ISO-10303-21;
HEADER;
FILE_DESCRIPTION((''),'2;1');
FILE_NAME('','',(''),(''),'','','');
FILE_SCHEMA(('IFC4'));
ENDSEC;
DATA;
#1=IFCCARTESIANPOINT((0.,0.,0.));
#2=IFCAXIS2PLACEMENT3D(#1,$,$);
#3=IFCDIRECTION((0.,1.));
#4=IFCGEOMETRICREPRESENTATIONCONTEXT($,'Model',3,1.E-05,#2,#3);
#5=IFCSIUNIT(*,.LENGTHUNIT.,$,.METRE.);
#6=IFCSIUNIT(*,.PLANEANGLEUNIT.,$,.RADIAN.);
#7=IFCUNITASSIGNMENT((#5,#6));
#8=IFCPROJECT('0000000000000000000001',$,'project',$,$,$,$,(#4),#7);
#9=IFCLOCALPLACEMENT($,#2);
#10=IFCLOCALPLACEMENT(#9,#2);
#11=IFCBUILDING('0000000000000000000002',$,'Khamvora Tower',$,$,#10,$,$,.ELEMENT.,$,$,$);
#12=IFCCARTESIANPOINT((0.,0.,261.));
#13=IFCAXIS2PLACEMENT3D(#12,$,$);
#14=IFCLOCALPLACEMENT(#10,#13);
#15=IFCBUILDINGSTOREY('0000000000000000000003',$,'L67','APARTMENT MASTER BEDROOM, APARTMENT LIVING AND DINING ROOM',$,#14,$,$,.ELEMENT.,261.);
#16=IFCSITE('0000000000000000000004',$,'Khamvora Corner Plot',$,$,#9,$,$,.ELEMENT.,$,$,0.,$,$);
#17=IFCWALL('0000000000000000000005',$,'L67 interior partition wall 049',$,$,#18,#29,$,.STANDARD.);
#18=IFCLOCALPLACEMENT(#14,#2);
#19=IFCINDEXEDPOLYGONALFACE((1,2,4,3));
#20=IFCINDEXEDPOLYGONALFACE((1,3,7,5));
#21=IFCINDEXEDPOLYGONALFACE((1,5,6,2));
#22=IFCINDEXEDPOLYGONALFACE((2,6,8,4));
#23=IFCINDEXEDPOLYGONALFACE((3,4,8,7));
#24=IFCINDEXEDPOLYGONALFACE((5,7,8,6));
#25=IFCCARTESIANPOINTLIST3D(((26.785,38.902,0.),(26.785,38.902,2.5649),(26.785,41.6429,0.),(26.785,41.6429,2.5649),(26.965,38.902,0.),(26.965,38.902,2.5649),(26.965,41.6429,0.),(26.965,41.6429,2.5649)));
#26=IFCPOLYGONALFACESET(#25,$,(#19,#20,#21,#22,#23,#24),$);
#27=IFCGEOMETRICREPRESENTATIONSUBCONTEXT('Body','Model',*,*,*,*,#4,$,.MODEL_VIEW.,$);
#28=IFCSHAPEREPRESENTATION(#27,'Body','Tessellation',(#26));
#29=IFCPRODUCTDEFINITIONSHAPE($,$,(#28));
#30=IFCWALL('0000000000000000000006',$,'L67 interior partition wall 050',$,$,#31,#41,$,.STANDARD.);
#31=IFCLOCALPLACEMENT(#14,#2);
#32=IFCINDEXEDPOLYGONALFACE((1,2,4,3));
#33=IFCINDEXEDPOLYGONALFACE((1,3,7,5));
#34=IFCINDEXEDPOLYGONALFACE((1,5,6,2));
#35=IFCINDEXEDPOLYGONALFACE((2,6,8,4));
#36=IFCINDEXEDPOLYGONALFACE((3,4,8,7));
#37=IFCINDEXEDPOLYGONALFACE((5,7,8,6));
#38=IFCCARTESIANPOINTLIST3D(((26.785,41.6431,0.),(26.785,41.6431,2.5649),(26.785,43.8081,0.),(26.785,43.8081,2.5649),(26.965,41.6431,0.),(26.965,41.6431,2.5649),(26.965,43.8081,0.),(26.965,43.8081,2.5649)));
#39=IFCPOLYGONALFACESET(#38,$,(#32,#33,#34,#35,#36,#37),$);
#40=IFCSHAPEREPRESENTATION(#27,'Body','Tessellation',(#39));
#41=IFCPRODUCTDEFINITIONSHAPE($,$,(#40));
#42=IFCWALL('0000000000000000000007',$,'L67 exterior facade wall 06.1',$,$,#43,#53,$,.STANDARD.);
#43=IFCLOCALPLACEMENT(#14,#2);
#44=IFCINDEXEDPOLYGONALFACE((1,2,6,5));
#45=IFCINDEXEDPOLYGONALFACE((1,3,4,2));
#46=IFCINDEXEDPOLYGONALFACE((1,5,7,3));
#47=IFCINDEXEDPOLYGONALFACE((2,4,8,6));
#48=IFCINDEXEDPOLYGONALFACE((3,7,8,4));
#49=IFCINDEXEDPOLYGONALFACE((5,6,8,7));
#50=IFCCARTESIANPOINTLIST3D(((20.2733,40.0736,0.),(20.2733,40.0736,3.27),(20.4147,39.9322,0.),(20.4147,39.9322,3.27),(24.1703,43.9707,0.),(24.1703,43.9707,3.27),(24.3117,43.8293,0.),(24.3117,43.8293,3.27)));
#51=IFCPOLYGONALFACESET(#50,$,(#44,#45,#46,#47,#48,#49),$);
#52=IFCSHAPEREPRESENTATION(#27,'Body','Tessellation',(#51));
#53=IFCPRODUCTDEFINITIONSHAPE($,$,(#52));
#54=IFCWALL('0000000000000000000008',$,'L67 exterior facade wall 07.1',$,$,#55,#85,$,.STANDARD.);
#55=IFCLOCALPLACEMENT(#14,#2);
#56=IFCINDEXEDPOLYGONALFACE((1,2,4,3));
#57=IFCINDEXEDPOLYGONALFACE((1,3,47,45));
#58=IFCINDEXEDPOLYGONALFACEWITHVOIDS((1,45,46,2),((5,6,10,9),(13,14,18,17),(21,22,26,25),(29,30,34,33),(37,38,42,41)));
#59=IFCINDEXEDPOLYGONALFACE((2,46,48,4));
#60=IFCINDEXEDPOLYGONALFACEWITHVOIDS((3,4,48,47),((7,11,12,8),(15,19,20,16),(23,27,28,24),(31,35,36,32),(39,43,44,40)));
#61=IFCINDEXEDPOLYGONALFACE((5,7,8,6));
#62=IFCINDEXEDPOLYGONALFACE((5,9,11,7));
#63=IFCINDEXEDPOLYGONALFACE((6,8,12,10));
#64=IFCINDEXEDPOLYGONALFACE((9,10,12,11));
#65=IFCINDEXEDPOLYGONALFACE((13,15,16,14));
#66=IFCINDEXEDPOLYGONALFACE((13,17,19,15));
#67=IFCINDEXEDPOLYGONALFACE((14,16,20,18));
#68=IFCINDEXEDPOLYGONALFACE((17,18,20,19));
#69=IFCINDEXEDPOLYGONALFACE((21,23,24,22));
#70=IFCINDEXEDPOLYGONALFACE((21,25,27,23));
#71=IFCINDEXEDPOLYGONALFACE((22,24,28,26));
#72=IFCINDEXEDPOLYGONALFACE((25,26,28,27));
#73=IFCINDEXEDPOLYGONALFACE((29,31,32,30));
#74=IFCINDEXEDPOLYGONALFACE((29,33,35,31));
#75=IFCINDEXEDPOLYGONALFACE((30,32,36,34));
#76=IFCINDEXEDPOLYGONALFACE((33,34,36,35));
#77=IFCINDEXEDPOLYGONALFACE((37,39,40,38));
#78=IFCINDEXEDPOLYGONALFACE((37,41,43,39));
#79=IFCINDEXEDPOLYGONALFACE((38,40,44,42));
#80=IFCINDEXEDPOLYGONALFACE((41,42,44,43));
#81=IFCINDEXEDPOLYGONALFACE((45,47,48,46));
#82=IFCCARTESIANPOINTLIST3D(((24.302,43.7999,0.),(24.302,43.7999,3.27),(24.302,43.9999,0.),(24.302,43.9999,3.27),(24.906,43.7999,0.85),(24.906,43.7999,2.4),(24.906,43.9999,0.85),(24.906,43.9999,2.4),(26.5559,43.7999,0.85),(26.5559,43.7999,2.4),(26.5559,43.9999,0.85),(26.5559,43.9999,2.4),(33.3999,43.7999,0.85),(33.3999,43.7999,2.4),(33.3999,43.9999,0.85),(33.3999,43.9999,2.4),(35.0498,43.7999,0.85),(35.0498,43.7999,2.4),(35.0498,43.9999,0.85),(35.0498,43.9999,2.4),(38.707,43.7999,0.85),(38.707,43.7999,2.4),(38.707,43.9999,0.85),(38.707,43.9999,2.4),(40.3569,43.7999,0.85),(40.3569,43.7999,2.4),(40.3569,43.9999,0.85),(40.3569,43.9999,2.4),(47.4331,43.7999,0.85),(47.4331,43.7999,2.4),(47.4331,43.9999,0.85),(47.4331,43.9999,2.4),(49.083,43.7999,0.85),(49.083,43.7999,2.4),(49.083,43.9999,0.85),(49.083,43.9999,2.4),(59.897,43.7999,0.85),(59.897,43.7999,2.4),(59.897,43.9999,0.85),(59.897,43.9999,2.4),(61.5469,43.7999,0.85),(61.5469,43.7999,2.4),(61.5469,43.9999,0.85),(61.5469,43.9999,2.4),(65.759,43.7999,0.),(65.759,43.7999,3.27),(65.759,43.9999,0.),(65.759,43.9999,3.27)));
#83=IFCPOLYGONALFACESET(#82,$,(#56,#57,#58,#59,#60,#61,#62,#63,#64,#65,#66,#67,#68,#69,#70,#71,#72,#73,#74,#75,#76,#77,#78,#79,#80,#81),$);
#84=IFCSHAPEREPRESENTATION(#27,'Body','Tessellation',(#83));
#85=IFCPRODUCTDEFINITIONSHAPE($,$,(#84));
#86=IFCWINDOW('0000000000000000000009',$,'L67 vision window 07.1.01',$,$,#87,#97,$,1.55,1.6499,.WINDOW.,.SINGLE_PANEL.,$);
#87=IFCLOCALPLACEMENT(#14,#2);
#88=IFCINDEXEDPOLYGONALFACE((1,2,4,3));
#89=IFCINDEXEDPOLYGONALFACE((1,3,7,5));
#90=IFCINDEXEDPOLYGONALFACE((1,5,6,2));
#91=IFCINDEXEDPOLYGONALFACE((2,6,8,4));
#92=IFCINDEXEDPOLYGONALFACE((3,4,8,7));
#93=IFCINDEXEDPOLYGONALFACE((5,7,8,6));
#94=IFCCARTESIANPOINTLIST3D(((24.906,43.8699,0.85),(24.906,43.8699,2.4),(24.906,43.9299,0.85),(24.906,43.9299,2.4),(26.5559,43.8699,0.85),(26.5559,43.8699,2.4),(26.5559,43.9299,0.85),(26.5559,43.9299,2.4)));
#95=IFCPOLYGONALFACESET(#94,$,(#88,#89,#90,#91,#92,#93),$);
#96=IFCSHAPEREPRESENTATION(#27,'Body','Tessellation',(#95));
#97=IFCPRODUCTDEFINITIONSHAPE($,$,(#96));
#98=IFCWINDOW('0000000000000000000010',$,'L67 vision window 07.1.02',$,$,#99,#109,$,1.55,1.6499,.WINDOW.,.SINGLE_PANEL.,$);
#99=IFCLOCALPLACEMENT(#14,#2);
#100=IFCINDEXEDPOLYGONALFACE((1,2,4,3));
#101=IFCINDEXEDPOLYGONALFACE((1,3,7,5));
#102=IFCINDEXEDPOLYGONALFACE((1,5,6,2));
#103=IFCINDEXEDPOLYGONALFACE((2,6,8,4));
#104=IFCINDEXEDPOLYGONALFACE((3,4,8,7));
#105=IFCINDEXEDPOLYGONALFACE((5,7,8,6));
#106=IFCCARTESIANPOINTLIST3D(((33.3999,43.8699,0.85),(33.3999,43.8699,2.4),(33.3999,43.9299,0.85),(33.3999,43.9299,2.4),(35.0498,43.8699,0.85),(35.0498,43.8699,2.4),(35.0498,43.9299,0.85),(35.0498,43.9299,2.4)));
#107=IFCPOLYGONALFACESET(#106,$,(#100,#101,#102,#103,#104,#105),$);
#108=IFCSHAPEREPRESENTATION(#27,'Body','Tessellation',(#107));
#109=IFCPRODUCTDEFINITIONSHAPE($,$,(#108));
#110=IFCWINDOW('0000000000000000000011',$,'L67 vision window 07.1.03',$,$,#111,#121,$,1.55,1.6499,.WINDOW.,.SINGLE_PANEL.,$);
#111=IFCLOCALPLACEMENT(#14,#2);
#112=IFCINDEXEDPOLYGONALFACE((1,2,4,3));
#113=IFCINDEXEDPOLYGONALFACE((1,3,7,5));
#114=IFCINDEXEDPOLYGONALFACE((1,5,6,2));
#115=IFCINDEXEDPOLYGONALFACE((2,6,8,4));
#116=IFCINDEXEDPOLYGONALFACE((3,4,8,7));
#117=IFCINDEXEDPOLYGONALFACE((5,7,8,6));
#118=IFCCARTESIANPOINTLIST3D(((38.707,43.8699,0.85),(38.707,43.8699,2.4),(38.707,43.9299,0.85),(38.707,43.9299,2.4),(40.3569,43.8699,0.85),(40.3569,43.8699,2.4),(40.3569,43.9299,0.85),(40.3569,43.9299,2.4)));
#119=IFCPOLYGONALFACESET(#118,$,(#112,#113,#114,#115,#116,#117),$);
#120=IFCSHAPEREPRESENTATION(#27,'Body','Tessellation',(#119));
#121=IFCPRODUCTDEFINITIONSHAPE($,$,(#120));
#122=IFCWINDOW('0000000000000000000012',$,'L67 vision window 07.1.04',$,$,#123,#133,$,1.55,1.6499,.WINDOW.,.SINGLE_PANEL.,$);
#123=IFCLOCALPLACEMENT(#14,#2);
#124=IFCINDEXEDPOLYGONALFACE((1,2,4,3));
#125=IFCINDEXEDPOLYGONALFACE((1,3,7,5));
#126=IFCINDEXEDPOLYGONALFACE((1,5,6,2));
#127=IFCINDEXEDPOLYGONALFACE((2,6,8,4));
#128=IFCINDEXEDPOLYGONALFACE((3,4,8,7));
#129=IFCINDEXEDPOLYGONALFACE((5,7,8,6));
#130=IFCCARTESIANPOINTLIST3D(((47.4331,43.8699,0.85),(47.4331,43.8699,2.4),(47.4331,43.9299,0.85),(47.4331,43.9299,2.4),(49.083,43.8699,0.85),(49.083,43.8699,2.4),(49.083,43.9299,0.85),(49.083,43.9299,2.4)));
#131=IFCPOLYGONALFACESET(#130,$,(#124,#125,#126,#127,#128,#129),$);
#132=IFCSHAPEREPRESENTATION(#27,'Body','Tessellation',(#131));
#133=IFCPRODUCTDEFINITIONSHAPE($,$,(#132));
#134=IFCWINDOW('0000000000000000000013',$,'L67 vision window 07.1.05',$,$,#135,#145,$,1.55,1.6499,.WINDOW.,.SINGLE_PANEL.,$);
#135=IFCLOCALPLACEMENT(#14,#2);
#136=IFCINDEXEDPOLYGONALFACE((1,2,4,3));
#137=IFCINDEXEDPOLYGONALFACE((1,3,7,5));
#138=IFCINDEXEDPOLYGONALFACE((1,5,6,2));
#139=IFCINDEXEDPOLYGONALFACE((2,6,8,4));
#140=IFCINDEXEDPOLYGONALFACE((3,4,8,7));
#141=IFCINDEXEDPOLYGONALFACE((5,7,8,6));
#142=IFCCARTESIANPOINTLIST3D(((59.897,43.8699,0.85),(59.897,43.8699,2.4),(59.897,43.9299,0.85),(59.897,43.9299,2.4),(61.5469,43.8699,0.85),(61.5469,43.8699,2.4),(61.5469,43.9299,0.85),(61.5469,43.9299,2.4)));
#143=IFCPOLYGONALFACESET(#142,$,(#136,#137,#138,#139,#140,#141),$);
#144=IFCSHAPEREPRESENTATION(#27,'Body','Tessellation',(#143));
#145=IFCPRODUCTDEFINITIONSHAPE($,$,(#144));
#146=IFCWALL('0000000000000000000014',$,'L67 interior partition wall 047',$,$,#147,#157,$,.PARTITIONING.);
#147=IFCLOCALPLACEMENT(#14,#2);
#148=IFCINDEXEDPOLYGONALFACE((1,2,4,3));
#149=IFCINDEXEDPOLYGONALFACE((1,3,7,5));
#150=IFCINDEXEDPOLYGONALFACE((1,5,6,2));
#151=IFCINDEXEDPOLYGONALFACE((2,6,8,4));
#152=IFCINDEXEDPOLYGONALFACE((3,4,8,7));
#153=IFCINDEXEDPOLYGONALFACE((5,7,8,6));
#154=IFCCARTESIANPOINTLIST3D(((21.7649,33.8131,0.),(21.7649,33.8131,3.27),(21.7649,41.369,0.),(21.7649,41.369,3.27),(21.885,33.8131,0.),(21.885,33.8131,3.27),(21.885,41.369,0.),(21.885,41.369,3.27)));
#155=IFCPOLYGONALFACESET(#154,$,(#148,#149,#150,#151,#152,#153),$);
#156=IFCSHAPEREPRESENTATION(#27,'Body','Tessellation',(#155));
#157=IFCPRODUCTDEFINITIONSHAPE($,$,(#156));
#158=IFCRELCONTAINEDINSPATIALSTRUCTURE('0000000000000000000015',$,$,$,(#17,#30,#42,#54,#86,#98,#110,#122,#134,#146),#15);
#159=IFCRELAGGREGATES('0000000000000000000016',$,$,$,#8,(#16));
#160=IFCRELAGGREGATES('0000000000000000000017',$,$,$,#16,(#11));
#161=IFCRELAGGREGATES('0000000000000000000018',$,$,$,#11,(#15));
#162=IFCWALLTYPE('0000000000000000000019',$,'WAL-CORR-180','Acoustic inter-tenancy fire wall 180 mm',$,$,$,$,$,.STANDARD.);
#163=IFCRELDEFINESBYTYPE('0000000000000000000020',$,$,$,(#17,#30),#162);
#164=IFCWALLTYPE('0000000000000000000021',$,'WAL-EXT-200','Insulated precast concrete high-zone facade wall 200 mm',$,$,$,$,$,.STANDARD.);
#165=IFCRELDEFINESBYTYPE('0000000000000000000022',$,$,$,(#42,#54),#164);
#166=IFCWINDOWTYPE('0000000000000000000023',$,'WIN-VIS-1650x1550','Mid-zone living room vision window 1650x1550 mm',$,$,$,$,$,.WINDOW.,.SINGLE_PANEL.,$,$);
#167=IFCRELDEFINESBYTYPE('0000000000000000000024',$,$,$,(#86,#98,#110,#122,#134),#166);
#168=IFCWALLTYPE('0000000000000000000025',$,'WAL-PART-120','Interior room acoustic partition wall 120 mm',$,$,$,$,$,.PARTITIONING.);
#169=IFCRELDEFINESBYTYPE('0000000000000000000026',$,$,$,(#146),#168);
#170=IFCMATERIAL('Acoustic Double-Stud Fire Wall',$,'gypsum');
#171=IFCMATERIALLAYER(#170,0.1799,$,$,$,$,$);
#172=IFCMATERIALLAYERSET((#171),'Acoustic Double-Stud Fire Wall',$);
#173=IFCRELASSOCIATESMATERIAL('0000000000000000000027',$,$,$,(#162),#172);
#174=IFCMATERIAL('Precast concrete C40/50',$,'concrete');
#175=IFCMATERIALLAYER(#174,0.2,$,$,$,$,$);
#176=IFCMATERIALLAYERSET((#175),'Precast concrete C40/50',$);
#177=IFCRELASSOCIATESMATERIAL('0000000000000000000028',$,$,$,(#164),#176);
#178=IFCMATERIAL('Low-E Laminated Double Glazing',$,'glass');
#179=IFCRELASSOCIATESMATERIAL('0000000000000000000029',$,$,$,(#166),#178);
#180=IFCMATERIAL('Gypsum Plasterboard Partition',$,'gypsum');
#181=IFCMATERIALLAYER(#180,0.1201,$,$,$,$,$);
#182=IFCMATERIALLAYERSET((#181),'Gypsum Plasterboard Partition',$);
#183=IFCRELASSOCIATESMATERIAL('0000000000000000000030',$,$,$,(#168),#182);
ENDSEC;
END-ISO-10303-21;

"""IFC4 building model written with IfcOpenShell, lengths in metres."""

from ifc_helpers import new_model, si_unit, direction, frame, frame_2d, origin, place, context, subcontext, project, spatial, rectangle, extrude, material, layer, layer_set, type_object, element, fill, save


model = new_model("IFC4")

# Units and contexts
model_context = context("Model", 3, precision=1e-05, world=origin(), true_north=direction((0.0, 1.0)))
body_context = subcontext(model_context, "Body", "Model", "MODEL_VIEW")
ifc_project = project(units=[si_unit("LENGTHUNIT", "METRE"), si_unit("PLANEANGLEUNIT", "RADIAN")], contexts=[model_context])

# Site, building, storey
site_placement = place(None, origin())
site = spatial("IfcSite", under=ifc_project, at=site_placement, Name="Khamvora Corner Plot", CompositionType="ELEMENT", RefElevation=0.0)
building_placement = place(site_placement, origin())
building = spatial("IfcBuilding", under=site, at=building_placement, Name="Khamvora Tower", CompositionType="ELEMENT")
storey_placement = place(building_placement, frame((0.0, 0.0, 261.0)))
storey = spatial("IfcBuildingStorey", under=building, at=storey_placement, Name="L67", Description="APARTMENT MASTER BEDROOM, APARTMENT LIVING AND DINING ROOM", CompositionType="ELEMENT", Elevation=261.0)

# Walls
ifc_material_1 = material(Name="Acoustic Double-Stud Fire Wall", Category="gypsum")
ifc_layer_1 = layer(ifc_material_1, 0.1799)
ifc_layer_set_1 = layer_set([ifc_layer_1], Name="Acoustic Double-Stud Fire Wall")
wall_type_1 = type_object("IfcWallType", Name="WAL-CORR-180", Description="Acoustic inter-tenancy fire wall 180 mm", PredefinedType="STANDARD", material=ifc_layer_set_1)
wall_1_placement = place(storey_placement, frame((26.875, 41.6431, 0.0), z_axis=(0.0, 0.0, 1.0), x_axis=(0.0, -1.0, 0.0)))
element("IfcWall", 1, at=wall_1_placement, inside=storey, type_object=wall_type_1, Name="L67 interior partition wall 049", PredefinedType="STANDARD", context=body_context, shape_type="SweptSolid", body=[
    extrude(rectangle(XDim=2.741, YDim=0.1799, at=frame_2d((1.3706, 0.0))), origin(), (0.0, 0.0, 1.0), 2.5649),
])
wall_2_placement = place(storey_placement, frame((26.875, 43.8081, 0.0), z_axis=(0.0, 0.0, 1.0), x_axis=(0.0, -1.0, 0.0)))
element("IfcWall", 2, at=wall_2_placement, inside=storey, type_object=wall_type_1, Name="L67 interior partition wall 050", PredefinedType="STANDARD", context=body_context, shape_type="SweptSolid", body=[
    extrude(rectangle(XDim=2.165, YDim=0.1799, at=frame_2d((1.0825, 0.0))), origin(), (0.0, 0.0, 1.0), 2.5649),
])
ifc_material_2 = material(Name="Precast concrete C40/50", Category="concrete")
ifc_layer_2 = layer(ifc_material_2, 0.2)
ifc_layer_set_2 = layer_set([ifc_layer_2], Name="Precast concrete C40/50")
wall_type_2 = type_object("IfcWallType", Name="WAL-EXT-200", Description="Insulated precast concrete high-zone facade wall 200 mm", PredefinedType="STANDARD", material=ifc_layer_set_2)
wall_3_placement = place(storey_placement, frame((20.344, 40.0029, 0.0), z_axis=(0.0, 0.0, 1.0), x_axis=(0.707107, 0.707107, 0.0)))
element("IfcWall", 3, at=wall_3_placement, inside=storey, type_object=wall_type_2, Name="L67 exterior facade wall 06.1", PredefinedType="STANDARD", context=body_context, shape_type="SweptSolid", body=[
    extrude(rectangle(XDim=5.5112, YDim=0.2, at=frame_2d((2.7556, 0.0))), origin(), (0.0, 0.0, 1.0), 3.27),
])

# Wall, openings, windows
wall_4_placement = place(storey_placement, frame((24.302, 43.8999, 0.0), z_axis=(0.0, 0.0, 1.0), x_axis=(1.0, 0.0, 0.0)))
wall_4 = element("IfcWall", 4, at=wall_4_placement, inside=storey, type_object=wall_type_2, Name="L67 exterior facade wall 07.1", PredefinedType="STANDARD", context=body_context, shape_type="SweptSolid", body=[
    extrude(rectangle(XDim=41.457, YDim=0.2, at=frame_2d((20.7285, 0.0))), origin(), (0.0, 0.0, 1.0), 3.27),
])
opening_1_placement = place(wall_4_placement, frame((0.604, 0.0, 0.8501)))
opening_1 = element("IfcOpeningElement", 5, at=opening_1_placement, cuts=wall_4, PredefinedType="OPENING", context=body_context, shape_type="SweptSolid", body=[
    extrude(rectangle(XDim=1.6499, YDim=1.55, at=frame_2d((0.825, 0.7749))), frame((0.0, 0.1099, 0.0), z_axis=(0.0, -1.0, 0.0), x_axis=(1.0, 0.0, 0.0)), (0.0, 0.0, 1.0), 0.22),
])
opening_2_placement = place(wall_4_placement, frame((9.0979, 0.0, 0.8501)))
opening_2 = element("IfcOpeningElement", 6, at=opening_2_placement, cuts=wall_4, PredefinedType="OPENING", context=body_context, shape_type="SweptSolid", body=[
    extrude(rectangle(XDim=1.6499, YDim=1.55, at=frame_2d((0.825, 0.7749))), frame((0.0, 0.1099, 0.0), z_axis=(0.0, -1.0, 0.0), x_axis=(1.0, 0.0, 0.0)), (0.0, 0.0, 1.0), 0.22),
])
opening_3_placement = place(wall_4_placement, frame((14.405, 0.0, 0.8501)))
opening_3 = element("IfcOpeningElement", 7, at=opening_3_placement, cuts=wall_4, PredefinedType="OPENING", context=body_context, shape_type="SweptSolid", body=[
    extrude(rectangle(XDim=1.6499, YDim=1.55, at=frame_2d((0.825, 0.7749))), frame((0.0, 0.1099, 0.0), z_axis=(0.0, -1.0, 0.0), x_axis=(1.0, 0.0, 0.0)), (0.0, 0.0, 1.0), 0.22),
])
opening_4_placement = place(wall_4_placement, frame((23.1311, 0.0, 0.8501)))
opening_4 = element("IfcOpeningElement", 8, at=opening_4_placement, cuts=wall_4, PredefinedType="OPENING", context=body_context, shape_type="SweptSolid", body=[
    extrude(rectangle(XDim=1.6499, YDim=1.55, at=frame_2d((0.825, 0.7749))), frame((0.0, 0.1099, 0.0), z_axis=(0.0, -1.0, 0.0), x_axis=(1.0, 0.0, 0.0)), (0.0, 0.0, 1.0), 0.22),
])
opening_5_placement = place(wall_4_placement, frame((35.595, 0.0, 0.8501)))
opening_5 = element("IfcOpeningElement", 9, at=opening_5_placement, cuts=wall_4, PredefinedType="OPENING", context=body_context, shape_type="SweptSolid", body=[
    extrude(rectangle(XDim=1.6499, YDim=1.55, at=frame_2d((0.825, 0.7749))), frame((0.0, 0.1099, 0.0), z_axis=(0.0, -1.0, 0.0), x_axis=(1.0, 0.0, 0.0)), (0.0, 0.0, 1.0), 0.22),
])
ifc_material_3 = material(Name="Low-E Laminated Double Glazing", Category="glass")
window_type = type_object("IfcWindowType", Name="WIN-VIS-1650x1550", Description="Mid-zone living room vision window 1650x1550 mm", PartitioningType="SINGLE_PANEL", PredefinedType="WINDOW", material=ifc_material_3)
window_1_placement = place(opening_1_placement, origin())
window_1 = element("IfcWindow", 10, at=window_1_placement, inside=storey, type_object=window_type, Name="L67 vision window 07.1.01", OverallHeight=1.55, OverallWidth=1.6499, PartitioningType="SINGLE_PANEL", PredefinedType="WINDOW", context=body_context, shape_type="SweptSolid", body=[
    extrude(rectangle(XDim=1.6499, YDim=1.55, at=frame_2d((0.825, 0.7749))), frame((0.0, 0.03, 0.0), z_axis=(0.0, -1.0, 0.0), x_axis=(1.0, 0.0, 0.0)), (0.0, 0.0, 1.0), 0.0601),
])
fill(opening_1, window_1)
window_2_placement = place(opening_2_placement, origin())
window_2 = element("IfcWindow", 11, at=window_2_placement, inside=storey, type_object=window_type, Name="L67 vision window 07.1.02", OverallHeight=1.55, OverallWidth=1.6499, PartitioningType="SINGLE_PANEL", PredefinedType="WINDOW", context=body_context, shape_type="SweptSolid", body=[
    extrude(rectangle(XDim=1.6499, YDim=1.55, at=frame_2d((0.825, 0.7749))), frame((0.0, 0.03, 0.0), z_axis=(0.0, -1.0, 0.0), x_axis=(1.0, 0.0, 0.0)), (0.0, 0.0, 1.0), 0.0601),
])
fill(opening_2, window_2)
window_3_placement = place(opening_3_placement, origin())
window_3 = element("IfcWindow", 12, at=window_3_placement, inside=storey, type_object=window_type, Name="L67 vision window 07.1.03", OverallHeight=1.55, OverallWidth=1.6499, PartitioningType="SINGLE_PANEL", PredefinedType="WINDOW", context=body_context, shape_type="SweptSolid", body=[
    extrude(rectangle(XDim=1.6499, YDim=1.55, at=frame_2d((0.825, 0.7749))), frame((0.0, 0.03, 0.0), z_axis=(0.0, -1.0, 0.0), x_axis=(1.0, 0.0, 0.0)), (0.0, 0.0, 1.0), 0.0601),
])
fill(opening_3, window_3)
window_4_placement = place(opening_4_placement, origin())
window_4 = element("IfcWindow", 13, at=window_4_placement, inside=storey, type_object=window_type, Name="L67 vision window 07.1.04", OverallHeight=1.55, OverallWidth=1.6499, PartitioningType="SINGLE_PANEL", PredefinedType="WINDOW", context=body_context, shape_type="SweptSolid", body=[
    extrude(rectangle(XDim=1.6499, YDim=1.55, at=frame_2d((0.825, 0.7749))), frame((0.0, 0.03, 0.0), z_axis=(0.0, -1.0, 0.0), x_axis=(1.0, 0.0, 0.0)), (0.0, 0.0, 1.0), 0.0601),
])
fill(opening_4, window_4)
window_5_placement = place(opening_5_placement, origin())
window_5 = element("IfcWindow", 14, at=window_5_placement, inside=storey, type_object=window_type, Name="L67 vision window 07.1.05", OverallHeight=1.55, OverallWidth=1.6499, PartitioningType="SINGLE_PANEL", PredefinedType="WINDOW", context=body_context, shape_type="SweptSolid", body=[
    extrude(rectangle(XDim=1.6499, YDim=1.55, at=frame_2d((0.825, 0.7749))), frame((0.0, 0.03, 0.0), z_axis=(0.0, -1.0, 0.0), x_axis=(1.0, 0.0, 0.0)), (0.0, 0.0, 1.0), 0.0601),
])
fill(opening_5, window_5)

# Wall
ifc_material_4 = material(Name="Gypsum Plasterboard Partition", Category="gypsum")
ifc_layer_3 = layer(ifc_material_4, 0.1201)
ifc_layer_set_3 = layer_set([ifc_layer_3], Name="Gypsum Plasterboard Partition")
wall_type_3 = type_object("IfcWallType", Name="WAL-PART-120", Description="Interior room acoustic partition wall 120 mm", PredefinedType="PARTITIONING", material=ifc_layer_set_3)
wall_5_placement = place(storey_placement, frame((21.825, 41.3689, 0.0), z_axis=(0.0, 0.0, 1.0), x_axis=(0.0, -1.0, 0.0)))
element("IfcWall", 15, at=wall_5_placement, inside=storey, type_object=wall_type_3, Name="L67 interior partition wall 047", PredefinedType="PARTITIONING", context=body_context, shape_type="SweptSolid", body=[
    extrude(rectangle(XDim=7.5559, YDim=0.1201, at=frame_2d((3.7778, 0.0))), origin(), (0.0, 0.0, 1.0), 3.27),
])

save(model, "model.ifc")
